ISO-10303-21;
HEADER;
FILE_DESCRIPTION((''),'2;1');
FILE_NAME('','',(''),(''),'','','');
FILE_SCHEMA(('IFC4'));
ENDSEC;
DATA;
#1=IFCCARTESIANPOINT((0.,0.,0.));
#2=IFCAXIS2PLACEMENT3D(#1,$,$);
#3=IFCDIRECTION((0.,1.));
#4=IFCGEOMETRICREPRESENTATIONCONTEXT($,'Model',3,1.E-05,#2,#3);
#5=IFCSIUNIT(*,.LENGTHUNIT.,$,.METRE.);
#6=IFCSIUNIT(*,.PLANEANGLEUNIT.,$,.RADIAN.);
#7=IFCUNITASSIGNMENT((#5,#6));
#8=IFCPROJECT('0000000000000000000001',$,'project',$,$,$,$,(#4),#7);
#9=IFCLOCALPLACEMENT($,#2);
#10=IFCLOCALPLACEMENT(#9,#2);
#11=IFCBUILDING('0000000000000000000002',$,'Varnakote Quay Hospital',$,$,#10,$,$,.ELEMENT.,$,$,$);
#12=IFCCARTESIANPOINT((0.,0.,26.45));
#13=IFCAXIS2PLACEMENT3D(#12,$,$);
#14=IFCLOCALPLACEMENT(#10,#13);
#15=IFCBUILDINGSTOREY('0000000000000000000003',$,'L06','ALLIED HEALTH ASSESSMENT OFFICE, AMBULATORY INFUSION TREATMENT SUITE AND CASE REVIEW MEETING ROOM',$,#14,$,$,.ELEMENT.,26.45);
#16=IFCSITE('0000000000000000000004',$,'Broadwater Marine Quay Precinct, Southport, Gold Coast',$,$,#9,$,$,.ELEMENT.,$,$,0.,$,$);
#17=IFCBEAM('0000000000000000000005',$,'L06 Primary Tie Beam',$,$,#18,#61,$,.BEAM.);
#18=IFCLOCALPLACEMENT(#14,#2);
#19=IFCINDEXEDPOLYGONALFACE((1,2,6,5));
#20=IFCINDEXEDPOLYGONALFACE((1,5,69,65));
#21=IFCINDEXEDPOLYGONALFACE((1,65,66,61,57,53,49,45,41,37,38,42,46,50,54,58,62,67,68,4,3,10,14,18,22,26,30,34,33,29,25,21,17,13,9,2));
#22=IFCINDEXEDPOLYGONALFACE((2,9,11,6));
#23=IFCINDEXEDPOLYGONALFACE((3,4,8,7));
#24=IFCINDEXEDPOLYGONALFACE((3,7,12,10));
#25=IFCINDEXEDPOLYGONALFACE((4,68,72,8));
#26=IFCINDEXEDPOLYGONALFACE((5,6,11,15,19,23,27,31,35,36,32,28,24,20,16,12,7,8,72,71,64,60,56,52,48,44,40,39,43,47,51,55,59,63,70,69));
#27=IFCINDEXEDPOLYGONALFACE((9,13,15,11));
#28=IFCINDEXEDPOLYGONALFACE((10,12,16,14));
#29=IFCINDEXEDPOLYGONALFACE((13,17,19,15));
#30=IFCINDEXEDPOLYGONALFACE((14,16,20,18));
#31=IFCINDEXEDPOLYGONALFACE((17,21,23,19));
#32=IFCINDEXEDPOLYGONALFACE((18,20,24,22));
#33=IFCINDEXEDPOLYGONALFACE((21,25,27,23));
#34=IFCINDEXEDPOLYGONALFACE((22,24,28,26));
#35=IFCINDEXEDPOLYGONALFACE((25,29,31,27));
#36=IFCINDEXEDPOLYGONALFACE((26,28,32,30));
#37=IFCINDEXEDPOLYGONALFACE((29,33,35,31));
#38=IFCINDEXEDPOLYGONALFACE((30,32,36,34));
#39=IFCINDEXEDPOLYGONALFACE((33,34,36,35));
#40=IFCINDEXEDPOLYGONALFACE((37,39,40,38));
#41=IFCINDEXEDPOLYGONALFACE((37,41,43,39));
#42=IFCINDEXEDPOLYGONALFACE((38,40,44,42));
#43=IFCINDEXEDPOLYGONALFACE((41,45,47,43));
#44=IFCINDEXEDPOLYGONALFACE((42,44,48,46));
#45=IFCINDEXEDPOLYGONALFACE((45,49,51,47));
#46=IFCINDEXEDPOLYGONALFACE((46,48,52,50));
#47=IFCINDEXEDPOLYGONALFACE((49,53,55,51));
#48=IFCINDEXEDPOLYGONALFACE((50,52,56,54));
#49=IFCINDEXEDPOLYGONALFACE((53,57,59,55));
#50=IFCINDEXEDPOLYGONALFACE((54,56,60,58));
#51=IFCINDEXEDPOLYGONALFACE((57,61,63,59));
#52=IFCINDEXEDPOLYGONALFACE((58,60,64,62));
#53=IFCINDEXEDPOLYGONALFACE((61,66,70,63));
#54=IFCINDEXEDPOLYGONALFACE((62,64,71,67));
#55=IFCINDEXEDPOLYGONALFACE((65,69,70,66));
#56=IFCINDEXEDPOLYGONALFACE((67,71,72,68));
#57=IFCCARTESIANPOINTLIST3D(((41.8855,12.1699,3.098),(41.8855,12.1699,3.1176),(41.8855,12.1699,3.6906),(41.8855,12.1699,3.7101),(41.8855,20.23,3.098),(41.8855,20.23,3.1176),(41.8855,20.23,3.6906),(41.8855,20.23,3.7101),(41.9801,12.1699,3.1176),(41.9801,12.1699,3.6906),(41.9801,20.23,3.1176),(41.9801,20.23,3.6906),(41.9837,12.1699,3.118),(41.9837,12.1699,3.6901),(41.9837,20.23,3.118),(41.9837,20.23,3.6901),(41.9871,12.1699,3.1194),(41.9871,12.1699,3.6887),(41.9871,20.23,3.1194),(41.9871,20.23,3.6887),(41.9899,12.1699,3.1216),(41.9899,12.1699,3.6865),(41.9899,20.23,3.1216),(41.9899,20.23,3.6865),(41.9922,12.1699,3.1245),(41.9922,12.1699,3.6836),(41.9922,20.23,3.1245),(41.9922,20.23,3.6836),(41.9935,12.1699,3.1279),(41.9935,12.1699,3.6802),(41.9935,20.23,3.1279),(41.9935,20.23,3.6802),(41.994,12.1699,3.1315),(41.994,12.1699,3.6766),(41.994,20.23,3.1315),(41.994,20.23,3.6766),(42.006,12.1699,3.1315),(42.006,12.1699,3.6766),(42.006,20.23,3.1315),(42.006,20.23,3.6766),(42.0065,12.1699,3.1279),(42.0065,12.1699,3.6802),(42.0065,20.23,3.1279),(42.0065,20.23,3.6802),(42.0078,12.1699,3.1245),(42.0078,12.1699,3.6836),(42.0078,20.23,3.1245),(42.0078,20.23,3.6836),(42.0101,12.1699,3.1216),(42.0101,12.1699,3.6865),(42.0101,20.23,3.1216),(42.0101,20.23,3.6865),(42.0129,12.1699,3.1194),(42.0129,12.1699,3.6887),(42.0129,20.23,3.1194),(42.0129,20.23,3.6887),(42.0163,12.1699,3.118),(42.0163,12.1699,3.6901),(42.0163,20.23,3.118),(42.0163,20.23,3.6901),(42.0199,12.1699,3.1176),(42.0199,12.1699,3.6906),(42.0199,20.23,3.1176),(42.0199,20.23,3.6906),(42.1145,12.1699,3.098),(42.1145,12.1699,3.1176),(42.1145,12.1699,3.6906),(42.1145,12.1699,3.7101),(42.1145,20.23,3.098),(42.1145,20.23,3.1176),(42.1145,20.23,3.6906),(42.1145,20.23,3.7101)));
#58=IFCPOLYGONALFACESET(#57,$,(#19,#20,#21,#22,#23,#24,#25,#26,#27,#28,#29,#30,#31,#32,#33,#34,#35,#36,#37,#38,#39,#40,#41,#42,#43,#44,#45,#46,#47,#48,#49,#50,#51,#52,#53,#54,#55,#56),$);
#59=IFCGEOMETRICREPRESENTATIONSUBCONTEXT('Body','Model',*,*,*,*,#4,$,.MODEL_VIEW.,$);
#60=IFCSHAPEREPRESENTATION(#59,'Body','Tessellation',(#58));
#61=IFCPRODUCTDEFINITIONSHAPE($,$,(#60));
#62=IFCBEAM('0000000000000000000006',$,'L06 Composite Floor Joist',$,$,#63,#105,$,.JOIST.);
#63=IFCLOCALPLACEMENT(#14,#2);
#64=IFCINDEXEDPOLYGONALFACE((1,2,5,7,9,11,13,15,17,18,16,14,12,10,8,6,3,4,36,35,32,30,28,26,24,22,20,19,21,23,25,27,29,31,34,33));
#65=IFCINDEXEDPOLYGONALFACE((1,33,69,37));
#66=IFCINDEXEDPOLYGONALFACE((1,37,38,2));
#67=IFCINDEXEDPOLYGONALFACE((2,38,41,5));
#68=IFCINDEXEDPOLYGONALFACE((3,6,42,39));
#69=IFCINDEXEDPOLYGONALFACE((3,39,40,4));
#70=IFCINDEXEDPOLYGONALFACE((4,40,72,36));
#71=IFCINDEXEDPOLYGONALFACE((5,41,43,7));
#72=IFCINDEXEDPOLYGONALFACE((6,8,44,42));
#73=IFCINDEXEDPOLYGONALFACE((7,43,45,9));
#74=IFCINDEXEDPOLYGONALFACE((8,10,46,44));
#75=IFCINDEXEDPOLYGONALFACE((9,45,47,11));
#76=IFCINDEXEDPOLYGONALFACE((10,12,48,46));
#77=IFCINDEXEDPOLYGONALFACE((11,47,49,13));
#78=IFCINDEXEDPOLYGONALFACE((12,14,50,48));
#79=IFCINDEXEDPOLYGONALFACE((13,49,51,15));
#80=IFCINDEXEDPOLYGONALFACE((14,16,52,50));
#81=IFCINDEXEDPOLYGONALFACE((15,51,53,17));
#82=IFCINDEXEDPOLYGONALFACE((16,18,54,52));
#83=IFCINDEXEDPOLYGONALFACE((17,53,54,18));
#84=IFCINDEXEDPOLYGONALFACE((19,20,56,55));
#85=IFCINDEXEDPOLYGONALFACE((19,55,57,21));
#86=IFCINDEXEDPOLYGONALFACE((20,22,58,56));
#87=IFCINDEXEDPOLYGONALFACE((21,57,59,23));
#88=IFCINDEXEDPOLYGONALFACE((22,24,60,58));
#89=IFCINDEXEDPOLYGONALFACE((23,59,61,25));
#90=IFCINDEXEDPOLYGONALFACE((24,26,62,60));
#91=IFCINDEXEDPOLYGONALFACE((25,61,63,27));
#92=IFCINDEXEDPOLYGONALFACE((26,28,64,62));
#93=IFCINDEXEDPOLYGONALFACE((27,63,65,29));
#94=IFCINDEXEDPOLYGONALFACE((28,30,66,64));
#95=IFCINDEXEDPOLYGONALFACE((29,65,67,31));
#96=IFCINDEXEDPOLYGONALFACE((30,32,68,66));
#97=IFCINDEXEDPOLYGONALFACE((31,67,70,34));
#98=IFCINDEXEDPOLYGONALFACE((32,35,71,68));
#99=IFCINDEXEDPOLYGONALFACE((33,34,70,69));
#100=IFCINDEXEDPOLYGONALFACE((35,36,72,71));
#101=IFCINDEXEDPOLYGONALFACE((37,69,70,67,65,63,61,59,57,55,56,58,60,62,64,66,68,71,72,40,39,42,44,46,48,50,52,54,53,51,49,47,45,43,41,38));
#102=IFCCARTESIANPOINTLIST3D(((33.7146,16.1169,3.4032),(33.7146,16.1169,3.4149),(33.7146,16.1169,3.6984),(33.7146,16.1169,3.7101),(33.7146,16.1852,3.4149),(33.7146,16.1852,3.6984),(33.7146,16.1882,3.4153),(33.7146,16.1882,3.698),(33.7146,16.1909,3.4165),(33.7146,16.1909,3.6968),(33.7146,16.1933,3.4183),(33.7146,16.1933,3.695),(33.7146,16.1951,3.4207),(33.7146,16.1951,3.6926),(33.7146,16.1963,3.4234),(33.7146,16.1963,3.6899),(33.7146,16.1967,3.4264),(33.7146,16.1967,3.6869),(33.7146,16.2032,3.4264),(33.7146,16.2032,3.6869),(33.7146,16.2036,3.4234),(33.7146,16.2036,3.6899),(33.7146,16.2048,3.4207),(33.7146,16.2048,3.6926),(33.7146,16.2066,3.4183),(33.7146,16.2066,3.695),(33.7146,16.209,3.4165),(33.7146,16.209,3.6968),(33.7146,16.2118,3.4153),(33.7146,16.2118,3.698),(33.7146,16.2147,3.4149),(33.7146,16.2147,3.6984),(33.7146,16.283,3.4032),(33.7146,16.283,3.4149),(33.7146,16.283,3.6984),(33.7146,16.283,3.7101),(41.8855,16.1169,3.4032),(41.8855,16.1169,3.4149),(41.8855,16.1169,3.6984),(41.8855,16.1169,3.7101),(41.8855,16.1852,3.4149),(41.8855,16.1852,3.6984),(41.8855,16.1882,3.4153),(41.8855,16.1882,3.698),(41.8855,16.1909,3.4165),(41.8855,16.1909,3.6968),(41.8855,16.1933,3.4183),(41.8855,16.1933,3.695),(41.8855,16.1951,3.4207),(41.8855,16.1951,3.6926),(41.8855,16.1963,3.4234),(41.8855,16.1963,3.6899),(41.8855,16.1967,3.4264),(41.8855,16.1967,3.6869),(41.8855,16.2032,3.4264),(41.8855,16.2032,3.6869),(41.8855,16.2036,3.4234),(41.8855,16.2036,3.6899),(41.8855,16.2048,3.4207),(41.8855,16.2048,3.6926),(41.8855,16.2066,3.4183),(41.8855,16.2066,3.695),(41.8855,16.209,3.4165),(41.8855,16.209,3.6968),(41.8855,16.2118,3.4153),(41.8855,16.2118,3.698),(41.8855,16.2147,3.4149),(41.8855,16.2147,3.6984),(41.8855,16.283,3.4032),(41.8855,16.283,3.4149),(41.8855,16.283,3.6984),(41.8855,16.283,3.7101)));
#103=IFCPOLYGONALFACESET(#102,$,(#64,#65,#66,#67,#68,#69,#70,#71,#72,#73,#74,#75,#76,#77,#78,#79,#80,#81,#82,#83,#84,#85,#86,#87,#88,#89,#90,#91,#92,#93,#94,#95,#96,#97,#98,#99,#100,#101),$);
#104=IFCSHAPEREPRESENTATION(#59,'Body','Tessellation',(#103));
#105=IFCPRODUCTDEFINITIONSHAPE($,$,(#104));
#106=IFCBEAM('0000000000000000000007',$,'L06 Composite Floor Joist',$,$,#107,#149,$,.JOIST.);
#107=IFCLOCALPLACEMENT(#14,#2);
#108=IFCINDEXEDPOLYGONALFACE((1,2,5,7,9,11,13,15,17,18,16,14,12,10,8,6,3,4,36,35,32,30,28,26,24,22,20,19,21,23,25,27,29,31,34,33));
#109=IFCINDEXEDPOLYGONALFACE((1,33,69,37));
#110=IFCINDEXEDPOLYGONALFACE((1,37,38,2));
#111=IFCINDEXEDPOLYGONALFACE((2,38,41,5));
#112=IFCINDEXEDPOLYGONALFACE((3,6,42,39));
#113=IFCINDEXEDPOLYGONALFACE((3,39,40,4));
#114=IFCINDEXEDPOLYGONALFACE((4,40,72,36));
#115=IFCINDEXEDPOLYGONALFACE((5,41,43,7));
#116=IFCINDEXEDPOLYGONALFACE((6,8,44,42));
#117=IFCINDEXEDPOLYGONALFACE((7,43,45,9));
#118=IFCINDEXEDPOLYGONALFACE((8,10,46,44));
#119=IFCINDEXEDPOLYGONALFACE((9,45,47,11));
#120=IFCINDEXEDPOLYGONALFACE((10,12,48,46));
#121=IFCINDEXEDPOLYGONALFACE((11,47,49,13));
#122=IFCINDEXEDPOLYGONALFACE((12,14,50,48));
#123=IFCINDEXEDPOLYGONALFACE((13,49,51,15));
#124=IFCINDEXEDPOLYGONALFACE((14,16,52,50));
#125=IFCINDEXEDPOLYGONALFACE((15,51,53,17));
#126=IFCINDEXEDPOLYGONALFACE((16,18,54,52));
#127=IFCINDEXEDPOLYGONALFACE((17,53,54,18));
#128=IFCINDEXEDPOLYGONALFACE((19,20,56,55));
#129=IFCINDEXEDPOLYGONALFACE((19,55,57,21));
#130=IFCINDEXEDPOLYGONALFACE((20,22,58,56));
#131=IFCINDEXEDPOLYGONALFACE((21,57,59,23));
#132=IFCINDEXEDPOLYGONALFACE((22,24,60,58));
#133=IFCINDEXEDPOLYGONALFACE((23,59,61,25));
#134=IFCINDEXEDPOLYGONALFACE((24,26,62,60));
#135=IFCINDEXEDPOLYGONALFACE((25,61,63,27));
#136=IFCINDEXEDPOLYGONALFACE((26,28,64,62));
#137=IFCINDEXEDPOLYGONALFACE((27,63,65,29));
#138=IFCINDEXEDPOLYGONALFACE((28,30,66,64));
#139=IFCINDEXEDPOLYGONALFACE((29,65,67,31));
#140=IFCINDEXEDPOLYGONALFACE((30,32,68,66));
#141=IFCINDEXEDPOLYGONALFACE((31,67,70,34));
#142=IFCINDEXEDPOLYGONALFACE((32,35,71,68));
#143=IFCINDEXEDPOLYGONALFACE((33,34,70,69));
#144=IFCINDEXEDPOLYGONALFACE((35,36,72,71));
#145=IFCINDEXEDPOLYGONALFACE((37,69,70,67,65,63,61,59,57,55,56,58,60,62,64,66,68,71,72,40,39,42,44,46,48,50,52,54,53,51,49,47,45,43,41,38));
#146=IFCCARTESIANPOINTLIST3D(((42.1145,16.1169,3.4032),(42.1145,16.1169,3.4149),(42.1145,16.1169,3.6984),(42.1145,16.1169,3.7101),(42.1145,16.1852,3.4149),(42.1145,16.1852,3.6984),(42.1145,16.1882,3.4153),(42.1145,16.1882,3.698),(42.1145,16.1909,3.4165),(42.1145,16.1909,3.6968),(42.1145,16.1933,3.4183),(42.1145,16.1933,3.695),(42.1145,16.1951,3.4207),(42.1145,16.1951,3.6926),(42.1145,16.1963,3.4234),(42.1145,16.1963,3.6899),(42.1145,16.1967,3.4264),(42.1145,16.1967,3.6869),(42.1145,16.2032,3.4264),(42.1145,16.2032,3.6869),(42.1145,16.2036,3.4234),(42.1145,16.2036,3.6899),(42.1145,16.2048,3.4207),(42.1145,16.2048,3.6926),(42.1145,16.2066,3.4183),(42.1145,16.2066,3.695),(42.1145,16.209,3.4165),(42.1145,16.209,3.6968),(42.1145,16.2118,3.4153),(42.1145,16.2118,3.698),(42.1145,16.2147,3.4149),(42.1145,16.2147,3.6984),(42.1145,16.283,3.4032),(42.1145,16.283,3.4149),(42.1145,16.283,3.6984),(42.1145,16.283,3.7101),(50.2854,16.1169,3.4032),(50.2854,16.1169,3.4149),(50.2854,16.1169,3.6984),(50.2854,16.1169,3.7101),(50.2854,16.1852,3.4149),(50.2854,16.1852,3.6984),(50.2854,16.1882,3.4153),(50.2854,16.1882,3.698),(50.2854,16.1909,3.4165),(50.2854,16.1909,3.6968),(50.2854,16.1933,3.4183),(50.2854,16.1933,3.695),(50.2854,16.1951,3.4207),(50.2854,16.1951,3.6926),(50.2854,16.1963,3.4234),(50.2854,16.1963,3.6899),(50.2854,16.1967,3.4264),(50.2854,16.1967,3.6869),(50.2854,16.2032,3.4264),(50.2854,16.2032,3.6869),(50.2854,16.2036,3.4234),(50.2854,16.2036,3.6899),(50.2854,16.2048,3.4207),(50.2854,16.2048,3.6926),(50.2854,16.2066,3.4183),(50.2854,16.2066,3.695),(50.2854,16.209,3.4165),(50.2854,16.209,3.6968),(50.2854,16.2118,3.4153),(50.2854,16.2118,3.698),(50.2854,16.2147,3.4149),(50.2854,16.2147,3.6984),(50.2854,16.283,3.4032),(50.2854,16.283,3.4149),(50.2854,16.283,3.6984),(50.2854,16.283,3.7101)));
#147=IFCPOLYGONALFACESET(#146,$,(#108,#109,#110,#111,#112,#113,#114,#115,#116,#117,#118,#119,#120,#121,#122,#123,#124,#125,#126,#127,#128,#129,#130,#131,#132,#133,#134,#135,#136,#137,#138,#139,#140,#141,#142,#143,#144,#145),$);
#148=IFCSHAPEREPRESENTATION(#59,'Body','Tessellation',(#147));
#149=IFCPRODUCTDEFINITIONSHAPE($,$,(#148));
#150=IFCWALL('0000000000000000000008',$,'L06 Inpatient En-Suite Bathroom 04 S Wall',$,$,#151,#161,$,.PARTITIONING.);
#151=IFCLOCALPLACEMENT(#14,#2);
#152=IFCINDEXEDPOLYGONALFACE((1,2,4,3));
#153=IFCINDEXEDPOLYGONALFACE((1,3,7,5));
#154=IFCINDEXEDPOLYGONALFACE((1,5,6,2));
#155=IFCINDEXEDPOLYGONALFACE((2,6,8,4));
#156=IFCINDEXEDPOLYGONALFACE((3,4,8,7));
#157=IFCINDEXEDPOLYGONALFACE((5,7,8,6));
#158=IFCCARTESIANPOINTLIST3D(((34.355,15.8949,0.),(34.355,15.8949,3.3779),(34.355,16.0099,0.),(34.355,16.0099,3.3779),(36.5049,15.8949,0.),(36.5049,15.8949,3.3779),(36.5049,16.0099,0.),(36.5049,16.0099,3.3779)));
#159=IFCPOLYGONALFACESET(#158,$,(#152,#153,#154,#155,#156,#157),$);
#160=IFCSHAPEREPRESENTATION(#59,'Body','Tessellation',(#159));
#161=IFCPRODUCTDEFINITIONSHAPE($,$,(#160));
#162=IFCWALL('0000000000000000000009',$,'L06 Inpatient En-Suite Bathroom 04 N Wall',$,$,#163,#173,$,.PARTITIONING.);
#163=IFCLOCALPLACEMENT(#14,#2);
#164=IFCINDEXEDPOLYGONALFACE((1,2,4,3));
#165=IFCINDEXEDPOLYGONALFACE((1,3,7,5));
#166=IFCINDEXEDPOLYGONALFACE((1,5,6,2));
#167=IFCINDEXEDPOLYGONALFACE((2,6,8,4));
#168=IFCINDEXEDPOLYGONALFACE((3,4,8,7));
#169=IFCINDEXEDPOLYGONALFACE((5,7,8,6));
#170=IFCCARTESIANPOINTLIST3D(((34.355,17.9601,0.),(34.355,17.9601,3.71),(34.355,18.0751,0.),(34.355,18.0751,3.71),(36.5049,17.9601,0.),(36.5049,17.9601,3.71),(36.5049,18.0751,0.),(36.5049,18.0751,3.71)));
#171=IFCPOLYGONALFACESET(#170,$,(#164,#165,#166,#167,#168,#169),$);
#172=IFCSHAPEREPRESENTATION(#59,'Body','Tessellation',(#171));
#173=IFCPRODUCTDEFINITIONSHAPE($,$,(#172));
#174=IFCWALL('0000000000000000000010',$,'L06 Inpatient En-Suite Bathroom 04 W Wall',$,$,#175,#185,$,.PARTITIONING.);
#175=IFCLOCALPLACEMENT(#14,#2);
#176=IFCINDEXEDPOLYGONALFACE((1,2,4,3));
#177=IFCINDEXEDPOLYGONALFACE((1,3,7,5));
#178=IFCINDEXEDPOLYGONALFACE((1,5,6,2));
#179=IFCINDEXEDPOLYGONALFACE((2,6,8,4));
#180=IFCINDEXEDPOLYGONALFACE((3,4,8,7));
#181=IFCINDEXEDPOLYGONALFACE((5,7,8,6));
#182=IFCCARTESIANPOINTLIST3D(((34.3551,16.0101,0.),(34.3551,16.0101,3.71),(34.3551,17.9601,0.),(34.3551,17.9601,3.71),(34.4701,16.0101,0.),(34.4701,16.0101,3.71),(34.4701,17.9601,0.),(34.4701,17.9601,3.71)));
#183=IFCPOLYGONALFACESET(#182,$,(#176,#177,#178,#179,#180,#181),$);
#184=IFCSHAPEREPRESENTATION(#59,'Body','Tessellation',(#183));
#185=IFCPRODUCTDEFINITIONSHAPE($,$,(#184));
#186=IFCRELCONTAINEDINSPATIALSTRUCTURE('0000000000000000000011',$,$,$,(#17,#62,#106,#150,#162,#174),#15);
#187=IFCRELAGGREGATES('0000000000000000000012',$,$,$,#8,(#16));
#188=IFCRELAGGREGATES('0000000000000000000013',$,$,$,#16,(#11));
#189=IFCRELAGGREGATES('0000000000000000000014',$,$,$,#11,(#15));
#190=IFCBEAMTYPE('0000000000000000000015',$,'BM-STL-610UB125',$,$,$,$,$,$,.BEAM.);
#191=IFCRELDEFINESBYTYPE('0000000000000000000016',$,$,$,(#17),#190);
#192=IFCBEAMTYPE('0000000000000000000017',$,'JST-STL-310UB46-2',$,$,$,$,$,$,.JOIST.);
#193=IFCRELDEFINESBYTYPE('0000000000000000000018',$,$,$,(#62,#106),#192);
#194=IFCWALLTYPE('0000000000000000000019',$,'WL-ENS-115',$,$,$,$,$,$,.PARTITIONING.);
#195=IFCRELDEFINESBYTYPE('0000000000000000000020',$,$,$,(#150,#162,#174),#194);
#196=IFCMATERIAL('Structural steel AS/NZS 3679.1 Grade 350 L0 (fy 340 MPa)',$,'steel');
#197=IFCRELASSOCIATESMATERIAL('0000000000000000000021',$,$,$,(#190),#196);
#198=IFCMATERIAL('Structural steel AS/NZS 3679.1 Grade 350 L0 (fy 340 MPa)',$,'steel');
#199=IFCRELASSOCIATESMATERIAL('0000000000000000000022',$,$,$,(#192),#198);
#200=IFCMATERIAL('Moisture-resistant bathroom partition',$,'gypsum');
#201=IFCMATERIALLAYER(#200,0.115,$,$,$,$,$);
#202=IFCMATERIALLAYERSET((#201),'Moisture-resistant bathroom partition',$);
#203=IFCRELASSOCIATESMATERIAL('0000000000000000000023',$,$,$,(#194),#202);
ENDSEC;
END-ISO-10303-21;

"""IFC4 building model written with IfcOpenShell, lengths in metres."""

from ifc_helpers import new_model, si_unit, direction, frame, frame_2d, origin, origin_2d, place, context, subcontext, project, spatial, rectangle, i_section, extrude, material, layer, layer_set, material_profile, profile_set, type_object, element, save


model = new_model("IFC4")

# Units and contexts
model_context = context("Model", 3, precision=1e-05, world=origin(), true_north=direction((0.0, 1.0)))
body_context = subcontext(model_context, "Body", "Model", "MODEL_VIEW")
ifc_project = project(units=[si_unit("LENGTHUNIT", "METRE"), si_unit("PLANEANGLEUNIT", "RADIAN")], contexts=[model_context])

# Site, building, storey
site_placement = place(None, origin())
site = spatial("IfcSite", under=ifc_project, at=site_placement, Name="Broadwater Marine Quay Precinct, Southport, Gold Coast", CompositionType="ELEMENT", RefElevation=0.0)
building_placement = place(site_placement, origin())
building = spatial("IfcBuilding", under=site, at=building_placement, Name="Varnakote Quay Hospital", CompositionType="ELEMENT")
storey_placement = place(building_placement, frame((0.0, 0.0, 26.45)))
storey = spatial("IfcBuildingStorey", under=building, at=storey_placement, Name="L06", Description="ALLIED HEALTH ASSESSMENT OFFICE, AMBULATORY INFUSION TREATMENT SUITE AND CASE REVIEW MEETING ROOM", CompositionType="ELEMENT", Elevation=26.45)

# Beams
ifc_material_1 = material(Name="Structural steel AS/NZS 3679.1 Grade 350 L0 (fy 340 MPa)", Category="steel")
ifc_material_profile_1 = material_profile(ifc_material_1, i_section(OverallWidth=0.229, OverallDepth=0.6121, WebThickness=0.012, FlangeThickness=0.0195, FilletRadius=0.0139, at=origin_2d()), Name="610UB125")
ifc_profile_set_1 = profile_set([ifc_material_profile_1], Name="Structural steel AS/NZS 3679.1 Grade 350 L0 (fy 340 MPa)")
beam_type_1 = type_object("IfcBeamType", Name="BM-STL-610UB125", PredefinedType="BEAM", material=ifc_profile_set_1)
beam_1_placement = place(storey_placement, frame((42.0, 12.1699, 3.4041), z_axis=(0.0, 1.0, 0.0), x_axis=(-1.0, 0.0, 0.0)))
element("IfcBeam", 1, at=beam_1_placement, inside=storey, type_object=beam_type_1, Name="L06 Primary Tie Beam", PredefinedType="BEAM", context=body_context, shape_type="SweptSolid", body=[
    extrude(i_section(OverallWidth=0.229, OverallDepth=0.6121, WebThickness=0.012, FlangeThickness=0.0195, FilletRadius=0.0139, at=origin_2d()), origin(), (0.0, 0.0, 1.0), 8.0601),
])
ifc_material_2 = material(Name="Structural steel AS/NZS 3679.1 Grade 350 L0 (fy 340 MPa)", Category="steel")
ifc_material_profile_2 = material_profile(ifc_material_2, i_section(OverallWidth=0.166, OverallDepth=0.3069, WebThickness=0.0066, FlangeThickness=0.0117, FilletRadius=0.0115, at=origin_2d()), Name="310UB46.2")
ifc_profile_set_2 = profile_set([ifc_material_profile_2], Name="Structural steel AS/NZS 3679.1 Grade 350 L0 (fy 340 MPa)")
beam_type_2 = type_object("IfcBeamType", Name="JST-STL-310UB46-2", PredefinedType="JOIST", material=ifc_profile_set_2)
for number, where, z_axis, x_axis, name in (
    (2, (33.7146, 16.2, 3.5566), (1.0, 0.0, 0.0), (0.0, 1.0, 0.0), "L06 Composite Floor Joist"),
    (3, (42.1145, 16.2, 3.5566), (1.0, 0.0, 0.0), (0.0, 1.0, 0.0), "L06 Composite Floor Joist"),
):
    element("IfcBeam", number, at=place(storey_placement, frame(where, z_axis=z_axis, x_axis=x_axis)), inside=storey, type_object=beam_type_2, Name=name, PredefinedType="JOIST", context=body_context, shape_type="SweptSolid", body=[
        extrude(i_section(OverallWidth=0.166, OverallDepth=0.3069, WebThickness=0.0066, FlangeThickness=0.0117, FilletRadius=0.0115, at=origin_2d()), origin(), (0.0, 0.0, 1.0), 8.1709),
    ])

# Walls
ifc_material_3 = material(Name="Moisture-resistant bathroom partition", Category="gypsum")
ifc_layer_1 = layer(ifc_material_3, 0.115)
ifc_layer_set_1 = layer_set([ifc_layer_1], Name="Moisture-resistant bathroom partition")
wall_type_1 = type_object("IfcWallType", Name="WL-ENS-115", PredefinedType="PARTITIONING", material=ifc_layer_set_1)
wall_1_placement = place(storey_placement, frame((34.355, 15.9524, 0.0), z_axis=(0.0, 0.0, 1.0), x_axis=(1.0, 0.0, 0.0)))
element("IfcWall", 4, at=wall_1_placement, inside=storey, type_object=wall_type_1, Name="L06 Inpatient En-Suite Bathroom 04 S Wall", PredefinedType="PARTITIONING", context=body_context, shape_type="SweptSolid", body=[
    extrude(rectangle(XDim=2.1499, YDim=0.115, at=frame_2d((1.075, 0.0))), origin(), (0.0, 0.0, 1.0), 3.3779),
])
wall_2_placement = place(storey_placement, frame((34.355, 18.0176, 0.0), z_axis=(0.0, 0.0, 1.0), x_axis=(1.0, 0.0, 0.0)))
element("IfcWall", 5, at=wall_2_placement, inside=storey, type_object=wall_type_1, Name="L06 Inpatient En-Suite Bathroom 04 N Wall", PredefinedType="PARTITIONING", context=body_context, shape_type="SweptSolid", body=[
    extrude(rectangle(XDim=2.1499, YDim=0.115, at=frame_2d((1.075, 0.0))), origin(), (0.0, 0.0, 1.0), 3.71),
])
wall_3_placement = place(storey_placement, frame((34.4126, 16.01, 0.0), z_axis=(0.0, 0.0, 1.0), x_axis=(0.0, 1.0, 0.0)))
element("IfcWall", 6, at=wall_3_placement, inside=storey, type_object=wall_type_1, Name="L06 Inpatient En-Suite Bathroom 04 W Wall", PredefinedType="PARTITIONING", context=body_context, shape_type="SweptSolid", body=[
    extrude(rectangle(XDim=1.95, YDim=0.115, at=frame_2d((0.9751, 0.0))), origin(), (0.0, 0.0, 1.0), 3.71),
])

save(model, "model.ifc")
